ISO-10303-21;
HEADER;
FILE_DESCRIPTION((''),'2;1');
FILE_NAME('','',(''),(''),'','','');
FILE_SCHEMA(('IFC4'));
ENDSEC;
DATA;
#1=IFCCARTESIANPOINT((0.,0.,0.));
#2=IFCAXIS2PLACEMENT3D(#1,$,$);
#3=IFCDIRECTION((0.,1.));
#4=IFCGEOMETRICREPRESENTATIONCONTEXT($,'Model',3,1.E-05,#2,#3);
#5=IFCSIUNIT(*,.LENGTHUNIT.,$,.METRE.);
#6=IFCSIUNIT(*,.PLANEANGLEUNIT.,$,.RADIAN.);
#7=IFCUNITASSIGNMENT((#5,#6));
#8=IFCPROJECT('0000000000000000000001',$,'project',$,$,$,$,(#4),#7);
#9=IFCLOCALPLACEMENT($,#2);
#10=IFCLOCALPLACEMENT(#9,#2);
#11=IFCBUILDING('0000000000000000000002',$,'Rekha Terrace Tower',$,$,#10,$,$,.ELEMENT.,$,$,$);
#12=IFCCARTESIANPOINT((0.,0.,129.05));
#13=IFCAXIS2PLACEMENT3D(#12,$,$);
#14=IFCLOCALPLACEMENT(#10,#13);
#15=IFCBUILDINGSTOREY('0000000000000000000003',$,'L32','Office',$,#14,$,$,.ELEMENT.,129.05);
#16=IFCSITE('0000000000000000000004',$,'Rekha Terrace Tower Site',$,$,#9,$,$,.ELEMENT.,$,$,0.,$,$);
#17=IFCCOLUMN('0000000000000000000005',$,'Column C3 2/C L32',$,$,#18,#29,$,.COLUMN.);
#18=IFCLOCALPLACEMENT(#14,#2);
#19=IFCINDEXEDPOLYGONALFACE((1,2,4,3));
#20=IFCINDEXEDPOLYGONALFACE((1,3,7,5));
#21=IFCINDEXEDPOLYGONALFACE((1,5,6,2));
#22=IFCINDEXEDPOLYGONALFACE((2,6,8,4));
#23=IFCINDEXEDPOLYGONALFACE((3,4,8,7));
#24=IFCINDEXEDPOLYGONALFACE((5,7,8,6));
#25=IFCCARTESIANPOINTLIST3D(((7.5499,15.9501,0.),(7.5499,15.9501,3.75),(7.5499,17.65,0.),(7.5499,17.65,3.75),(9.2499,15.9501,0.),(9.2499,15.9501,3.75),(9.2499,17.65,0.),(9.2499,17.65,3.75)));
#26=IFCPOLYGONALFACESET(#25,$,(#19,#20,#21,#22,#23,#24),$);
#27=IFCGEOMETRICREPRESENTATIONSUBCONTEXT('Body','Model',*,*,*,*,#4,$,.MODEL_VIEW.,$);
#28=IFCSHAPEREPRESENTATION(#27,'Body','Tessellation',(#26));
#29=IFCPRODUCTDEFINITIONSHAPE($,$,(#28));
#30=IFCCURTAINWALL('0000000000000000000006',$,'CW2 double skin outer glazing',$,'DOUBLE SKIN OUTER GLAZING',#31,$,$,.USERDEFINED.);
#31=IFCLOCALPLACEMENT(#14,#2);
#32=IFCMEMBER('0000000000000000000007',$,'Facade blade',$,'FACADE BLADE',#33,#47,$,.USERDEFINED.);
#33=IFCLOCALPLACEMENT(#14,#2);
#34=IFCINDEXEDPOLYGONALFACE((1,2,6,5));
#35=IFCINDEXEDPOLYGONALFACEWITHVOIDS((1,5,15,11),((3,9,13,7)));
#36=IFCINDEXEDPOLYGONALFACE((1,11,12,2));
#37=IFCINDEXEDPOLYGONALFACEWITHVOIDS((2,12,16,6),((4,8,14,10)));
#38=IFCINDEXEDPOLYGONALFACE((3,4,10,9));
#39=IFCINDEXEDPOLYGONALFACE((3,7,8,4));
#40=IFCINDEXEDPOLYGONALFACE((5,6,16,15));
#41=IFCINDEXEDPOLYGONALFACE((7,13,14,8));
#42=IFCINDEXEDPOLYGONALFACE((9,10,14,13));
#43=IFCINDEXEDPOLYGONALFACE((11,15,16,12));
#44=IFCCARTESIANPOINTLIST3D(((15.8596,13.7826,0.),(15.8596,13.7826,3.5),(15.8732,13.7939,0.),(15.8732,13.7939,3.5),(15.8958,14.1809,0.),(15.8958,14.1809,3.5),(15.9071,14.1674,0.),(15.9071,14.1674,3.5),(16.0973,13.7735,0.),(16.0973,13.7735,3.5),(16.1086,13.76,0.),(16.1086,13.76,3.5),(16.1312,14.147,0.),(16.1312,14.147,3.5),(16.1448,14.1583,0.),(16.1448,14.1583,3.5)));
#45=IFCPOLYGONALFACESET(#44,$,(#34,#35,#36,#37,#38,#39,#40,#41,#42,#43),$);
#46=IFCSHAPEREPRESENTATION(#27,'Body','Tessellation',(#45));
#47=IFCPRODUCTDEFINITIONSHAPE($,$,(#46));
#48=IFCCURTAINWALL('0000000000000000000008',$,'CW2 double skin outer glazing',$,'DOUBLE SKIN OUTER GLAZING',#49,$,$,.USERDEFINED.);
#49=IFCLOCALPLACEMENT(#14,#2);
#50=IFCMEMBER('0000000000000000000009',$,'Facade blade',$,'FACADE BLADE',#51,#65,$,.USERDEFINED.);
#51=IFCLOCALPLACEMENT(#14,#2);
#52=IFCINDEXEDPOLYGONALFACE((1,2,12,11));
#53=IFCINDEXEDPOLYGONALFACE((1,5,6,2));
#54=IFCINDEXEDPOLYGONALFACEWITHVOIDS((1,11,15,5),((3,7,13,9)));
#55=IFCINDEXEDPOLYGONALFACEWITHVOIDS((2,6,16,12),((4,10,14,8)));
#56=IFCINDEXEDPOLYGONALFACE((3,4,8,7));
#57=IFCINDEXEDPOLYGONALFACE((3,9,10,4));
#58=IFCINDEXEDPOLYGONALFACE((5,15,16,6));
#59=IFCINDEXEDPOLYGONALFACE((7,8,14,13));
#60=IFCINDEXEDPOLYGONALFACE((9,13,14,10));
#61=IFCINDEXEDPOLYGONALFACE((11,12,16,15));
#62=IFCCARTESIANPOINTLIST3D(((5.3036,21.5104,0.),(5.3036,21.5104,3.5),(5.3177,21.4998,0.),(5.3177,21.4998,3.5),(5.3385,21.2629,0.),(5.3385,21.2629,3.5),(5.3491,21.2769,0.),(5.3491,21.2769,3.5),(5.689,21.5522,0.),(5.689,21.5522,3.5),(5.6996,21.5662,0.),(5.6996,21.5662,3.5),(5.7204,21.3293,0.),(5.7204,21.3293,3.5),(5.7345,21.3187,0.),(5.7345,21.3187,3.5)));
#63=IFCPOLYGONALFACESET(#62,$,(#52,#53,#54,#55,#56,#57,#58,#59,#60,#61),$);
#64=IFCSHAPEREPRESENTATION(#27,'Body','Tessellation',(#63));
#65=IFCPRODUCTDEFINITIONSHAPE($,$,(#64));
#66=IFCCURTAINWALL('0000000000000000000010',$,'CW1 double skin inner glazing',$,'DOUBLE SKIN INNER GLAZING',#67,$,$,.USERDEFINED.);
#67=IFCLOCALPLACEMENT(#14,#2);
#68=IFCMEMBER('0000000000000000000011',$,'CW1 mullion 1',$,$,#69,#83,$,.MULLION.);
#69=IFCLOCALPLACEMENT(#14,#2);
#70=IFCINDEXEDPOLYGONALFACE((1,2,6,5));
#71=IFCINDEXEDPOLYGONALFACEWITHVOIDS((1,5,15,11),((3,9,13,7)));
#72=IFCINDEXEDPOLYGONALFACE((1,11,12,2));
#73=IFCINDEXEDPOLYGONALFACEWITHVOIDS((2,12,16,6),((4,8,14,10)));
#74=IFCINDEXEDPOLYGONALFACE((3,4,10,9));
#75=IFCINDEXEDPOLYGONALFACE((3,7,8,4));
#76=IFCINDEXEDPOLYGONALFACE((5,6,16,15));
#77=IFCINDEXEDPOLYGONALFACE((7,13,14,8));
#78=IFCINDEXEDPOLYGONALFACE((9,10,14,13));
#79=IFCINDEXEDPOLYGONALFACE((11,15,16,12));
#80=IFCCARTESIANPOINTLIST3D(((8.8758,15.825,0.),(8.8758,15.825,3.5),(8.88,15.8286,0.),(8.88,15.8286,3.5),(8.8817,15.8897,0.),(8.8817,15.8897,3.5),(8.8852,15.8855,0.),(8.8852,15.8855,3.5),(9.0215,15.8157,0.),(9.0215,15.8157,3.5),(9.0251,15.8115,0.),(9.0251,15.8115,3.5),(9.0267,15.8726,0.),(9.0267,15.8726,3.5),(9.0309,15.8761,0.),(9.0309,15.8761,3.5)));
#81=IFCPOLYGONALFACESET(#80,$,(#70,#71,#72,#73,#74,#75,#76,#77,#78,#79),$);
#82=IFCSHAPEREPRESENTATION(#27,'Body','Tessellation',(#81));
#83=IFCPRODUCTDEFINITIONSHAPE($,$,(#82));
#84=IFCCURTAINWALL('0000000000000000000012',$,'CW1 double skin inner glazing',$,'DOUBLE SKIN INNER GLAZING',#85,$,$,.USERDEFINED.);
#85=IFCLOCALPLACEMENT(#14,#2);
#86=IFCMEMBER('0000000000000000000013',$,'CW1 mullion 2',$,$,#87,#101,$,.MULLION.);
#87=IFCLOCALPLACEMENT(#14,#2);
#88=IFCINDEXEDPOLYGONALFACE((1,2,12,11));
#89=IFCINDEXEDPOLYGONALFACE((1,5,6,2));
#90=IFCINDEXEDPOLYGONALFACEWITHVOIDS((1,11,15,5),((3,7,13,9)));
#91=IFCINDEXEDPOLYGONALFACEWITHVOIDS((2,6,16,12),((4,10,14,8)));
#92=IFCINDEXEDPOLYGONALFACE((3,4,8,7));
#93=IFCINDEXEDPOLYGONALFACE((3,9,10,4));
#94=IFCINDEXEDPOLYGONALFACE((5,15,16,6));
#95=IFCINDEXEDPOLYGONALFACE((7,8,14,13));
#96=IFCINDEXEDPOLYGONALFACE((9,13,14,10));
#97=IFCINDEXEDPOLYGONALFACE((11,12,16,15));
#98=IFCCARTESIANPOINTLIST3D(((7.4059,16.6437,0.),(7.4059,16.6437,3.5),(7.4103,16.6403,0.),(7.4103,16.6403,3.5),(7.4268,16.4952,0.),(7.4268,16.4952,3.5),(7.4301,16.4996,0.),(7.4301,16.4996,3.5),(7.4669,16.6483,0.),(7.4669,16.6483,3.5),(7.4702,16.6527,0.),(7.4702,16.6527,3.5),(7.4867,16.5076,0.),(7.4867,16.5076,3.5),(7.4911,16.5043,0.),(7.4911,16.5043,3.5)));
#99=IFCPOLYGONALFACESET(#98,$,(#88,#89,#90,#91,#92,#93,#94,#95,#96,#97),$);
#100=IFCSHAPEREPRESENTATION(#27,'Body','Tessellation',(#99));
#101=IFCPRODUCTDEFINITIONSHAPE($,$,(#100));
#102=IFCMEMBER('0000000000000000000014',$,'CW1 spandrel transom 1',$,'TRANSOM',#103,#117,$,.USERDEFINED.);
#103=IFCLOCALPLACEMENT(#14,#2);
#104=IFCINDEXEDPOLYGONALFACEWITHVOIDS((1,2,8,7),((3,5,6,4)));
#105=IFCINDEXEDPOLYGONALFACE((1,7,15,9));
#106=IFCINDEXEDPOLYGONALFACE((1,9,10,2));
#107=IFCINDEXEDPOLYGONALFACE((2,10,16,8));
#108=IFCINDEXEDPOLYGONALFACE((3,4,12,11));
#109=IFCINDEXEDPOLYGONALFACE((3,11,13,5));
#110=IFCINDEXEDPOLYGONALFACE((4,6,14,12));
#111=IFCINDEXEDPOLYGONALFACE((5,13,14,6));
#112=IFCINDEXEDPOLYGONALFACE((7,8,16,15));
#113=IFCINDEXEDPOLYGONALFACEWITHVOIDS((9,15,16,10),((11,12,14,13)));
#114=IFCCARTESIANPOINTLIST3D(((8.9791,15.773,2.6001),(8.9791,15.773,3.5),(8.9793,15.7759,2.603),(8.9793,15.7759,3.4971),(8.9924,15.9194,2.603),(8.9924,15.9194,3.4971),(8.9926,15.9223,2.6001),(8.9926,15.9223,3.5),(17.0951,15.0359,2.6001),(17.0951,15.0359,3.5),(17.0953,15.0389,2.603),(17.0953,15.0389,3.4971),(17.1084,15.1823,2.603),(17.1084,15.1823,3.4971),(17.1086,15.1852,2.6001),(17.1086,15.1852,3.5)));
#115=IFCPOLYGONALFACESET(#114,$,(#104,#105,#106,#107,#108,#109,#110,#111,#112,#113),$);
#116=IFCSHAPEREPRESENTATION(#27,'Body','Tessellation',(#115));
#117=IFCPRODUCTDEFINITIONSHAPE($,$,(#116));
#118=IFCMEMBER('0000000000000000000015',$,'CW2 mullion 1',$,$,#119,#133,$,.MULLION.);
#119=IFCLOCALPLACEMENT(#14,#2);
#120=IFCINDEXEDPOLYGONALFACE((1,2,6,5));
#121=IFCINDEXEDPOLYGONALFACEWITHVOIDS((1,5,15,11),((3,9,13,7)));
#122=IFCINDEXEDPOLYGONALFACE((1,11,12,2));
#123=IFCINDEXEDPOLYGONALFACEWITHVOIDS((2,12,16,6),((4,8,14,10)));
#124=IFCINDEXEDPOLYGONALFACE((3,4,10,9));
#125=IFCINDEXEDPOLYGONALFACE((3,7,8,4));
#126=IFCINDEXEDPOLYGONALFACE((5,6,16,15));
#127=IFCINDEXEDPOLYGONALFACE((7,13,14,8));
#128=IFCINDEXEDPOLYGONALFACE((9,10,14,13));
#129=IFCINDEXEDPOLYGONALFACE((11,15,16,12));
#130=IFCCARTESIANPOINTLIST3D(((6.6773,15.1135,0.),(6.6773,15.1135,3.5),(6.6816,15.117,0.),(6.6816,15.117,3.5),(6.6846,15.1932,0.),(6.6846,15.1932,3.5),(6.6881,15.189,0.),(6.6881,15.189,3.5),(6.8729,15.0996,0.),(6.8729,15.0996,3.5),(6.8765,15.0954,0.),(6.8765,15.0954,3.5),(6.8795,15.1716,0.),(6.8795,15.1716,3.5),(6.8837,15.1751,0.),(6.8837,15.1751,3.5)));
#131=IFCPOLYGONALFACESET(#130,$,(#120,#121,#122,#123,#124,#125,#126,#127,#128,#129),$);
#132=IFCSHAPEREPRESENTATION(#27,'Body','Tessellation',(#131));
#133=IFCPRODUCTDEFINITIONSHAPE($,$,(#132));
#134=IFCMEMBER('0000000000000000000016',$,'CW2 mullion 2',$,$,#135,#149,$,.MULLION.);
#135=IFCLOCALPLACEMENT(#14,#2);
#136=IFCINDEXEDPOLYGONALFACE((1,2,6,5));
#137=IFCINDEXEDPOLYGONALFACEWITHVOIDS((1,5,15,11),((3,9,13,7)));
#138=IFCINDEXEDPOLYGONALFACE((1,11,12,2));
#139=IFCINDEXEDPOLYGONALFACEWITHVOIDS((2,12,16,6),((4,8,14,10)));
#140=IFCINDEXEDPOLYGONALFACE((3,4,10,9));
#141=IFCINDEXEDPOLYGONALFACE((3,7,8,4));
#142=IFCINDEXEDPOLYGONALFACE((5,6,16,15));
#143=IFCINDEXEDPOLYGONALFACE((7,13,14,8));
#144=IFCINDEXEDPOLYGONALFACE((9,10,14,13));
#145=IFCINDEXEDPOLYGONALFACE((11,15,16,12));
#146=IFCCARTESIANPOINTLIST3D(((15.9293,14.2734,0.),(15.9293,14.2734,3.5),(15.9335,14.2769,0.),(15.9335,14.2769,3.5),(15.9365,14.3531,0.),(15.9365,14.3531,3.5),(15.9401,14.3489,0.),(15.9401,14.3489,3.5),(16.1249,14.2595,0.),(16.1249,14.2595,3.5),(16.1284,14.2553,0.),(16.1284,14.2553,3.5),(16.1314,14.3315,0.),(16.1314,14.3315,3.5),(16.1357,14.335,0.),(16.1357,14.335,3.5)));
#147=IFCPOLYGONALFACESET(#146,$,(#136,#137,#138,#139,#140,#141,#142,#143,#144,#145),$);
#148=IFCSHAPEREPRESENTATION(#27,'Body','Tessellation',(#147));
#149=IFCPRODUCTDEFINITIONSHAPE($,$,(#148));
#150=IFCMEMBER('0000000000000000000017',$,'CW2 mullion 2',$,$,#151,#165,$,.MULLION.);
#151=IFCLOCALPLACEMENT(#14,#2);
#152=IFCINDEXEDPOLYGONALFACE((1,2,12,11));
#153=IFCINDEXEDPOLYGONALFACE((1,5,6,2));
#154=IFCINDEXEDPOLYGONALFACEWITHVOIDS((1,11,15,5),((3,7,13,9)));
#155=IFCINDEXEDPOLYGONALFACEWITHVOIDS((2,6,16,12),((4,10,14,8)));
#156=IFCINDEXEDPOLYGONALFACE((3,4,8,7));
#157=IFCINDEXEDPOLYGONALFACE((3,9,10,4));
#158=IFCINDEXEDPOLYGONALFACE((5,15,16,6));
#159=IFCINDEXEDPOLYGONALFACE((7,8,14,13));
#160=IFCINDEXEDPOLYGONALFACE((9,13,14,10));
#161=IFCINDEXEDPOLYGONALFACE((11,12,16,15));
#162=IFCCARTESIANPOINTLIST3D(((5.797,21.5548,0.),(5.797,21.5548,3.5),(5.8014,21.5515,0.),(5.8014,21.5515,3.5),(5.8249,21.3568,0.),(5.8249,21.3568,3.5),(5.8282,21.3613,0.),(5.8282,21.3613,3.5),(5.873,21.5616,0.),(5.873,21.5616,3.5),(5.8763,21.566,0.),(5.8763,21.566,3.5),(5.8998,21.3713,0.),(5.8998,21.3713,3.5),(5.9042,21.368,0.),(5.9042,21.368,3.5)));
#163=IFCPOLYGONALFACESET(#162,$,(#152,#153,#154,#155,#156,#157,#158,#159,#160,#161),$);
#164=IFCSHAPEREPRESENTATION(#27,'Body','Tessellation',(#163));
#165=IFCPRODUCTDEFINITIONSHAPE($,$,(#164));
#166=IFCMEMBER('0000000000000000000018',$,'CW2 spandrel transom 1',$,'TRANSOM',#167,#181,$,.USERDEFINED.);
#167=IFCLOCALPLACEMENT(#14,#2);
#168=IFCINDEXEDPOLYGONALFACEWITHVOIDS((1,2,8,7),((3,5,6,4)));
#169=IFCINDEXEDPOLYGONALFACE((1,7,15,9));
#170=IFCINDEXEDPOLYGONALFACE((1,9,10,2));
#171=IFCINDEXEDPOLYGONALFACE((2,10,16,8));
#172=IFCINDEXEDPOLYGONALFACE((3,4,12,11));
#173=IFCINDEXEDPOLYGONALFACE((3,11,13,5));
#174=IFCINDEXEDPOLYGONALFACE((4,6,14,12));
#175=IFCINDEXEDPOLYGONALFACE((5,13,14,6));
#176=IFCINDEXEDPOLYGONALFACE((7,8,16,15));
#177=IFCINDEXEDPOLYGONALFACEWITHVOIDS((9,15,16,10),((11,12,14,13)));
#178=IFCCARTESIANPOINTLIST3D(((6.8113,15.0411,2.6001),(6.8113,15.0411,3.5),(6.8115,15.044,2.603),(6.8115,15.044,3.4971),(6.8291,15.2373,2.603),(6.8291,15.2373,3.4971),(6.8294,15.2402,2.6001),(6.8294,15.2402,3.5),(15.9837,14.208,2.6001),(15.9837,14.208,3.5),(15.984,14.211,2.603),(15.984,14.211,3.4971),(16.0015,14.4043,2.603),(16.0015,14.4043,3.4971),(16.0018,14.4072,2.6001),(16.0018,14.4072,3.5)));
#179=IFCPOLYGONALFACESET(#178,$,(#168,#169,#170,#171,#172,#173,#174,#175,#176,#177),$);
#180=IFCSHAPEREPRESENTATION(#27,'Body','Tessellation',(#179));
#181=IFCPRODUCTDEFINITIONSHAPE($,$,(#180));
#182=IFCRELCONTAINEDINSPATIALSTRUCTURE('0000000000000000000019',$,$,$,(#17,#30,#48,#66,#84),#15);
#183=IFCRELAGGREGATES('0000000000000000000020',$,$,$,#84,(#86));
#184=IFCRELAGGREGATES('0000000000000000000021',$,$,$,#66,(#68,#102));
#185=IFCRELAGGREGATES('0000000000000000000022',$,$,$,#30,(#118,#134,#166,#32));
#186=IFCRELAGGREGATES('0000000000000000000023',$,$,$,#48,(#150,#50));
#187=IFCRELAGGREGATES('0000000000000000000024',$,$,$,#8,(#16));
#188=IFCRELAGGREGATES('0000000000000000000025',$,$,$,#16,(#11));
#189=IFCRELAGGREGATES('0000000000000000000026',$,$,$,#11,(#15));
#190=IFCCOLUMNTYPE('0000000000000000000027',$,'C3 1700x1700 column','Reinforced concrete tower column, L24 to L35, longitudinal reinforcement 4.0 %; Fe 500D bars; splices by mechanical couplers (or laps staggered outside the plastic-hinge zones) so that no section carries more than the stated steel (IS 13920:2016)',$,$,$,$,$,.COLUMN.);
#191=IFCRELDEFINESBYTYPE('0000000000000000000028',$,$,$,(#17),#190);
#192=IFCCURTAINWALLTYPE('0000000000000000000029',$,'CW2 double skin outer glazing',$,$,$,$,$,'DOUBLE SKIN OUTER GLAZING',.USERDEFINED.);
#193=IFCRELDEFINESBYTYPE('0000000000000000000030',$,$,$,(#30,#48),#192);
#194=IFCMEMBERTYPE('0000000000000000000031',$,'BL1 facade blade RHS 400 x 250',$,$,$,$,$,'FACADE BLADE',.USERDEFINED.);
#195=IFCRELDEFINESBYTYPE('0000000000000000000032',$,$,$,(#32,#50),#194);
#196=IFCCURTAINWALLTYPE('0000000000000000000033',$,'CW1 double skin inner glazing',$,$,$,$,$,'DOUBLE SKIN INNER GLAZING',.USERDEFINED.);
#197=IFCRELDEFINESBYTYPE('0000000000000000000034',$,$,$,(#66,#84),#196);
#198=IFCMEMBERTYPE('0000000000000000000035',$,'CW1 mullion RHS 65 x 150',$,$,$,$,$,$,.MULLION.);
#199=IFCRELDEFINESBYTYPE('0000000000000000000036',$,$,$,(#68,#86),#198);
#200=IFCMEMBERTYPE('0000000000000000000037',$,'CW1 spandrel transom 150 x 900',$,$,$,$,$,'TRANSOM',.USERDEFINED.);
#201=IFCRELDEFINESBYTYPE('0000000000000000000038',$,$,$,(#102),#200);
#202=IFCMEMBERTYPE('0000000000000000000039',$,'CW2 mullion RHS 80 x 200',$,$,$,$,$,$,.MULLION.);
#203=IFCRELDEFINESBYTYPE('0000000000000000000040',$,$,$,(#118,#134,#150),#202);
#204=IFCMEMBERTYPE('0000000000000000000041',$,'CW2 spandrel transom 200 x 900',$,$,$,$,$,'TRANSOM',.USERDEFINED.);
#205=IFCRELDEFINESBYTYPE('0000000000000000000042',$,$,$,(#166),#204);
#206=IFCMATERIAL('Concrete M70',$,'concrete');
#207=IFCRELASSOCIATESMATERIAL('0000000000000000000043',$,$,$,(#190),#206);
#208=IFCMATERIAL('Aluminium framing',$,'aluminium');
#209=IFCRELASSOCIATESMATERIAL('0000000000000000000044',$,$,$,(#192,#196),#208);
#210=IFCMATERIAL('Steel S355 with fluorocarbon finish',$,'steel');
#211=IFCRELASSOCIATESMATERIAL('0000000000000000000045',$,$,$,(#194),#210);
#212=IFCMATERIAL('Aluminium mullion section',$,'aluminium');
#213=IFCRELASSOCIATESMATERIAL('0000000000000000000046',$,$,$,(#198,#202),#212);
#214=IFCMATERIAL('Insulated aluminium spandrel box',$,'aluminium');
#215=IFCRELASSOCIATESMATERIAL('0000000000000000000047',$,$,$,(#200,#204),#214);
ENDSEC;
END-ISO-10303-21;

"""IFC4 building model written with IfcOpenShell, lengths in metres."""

from ifc_helpers import new_model, si_unit, direction, frame, origin, origin_2d, place, context, subcontext, project, spatial, rectangle, hollow_rectangle, extrude, material, material_profile, profile_set, type_object, element, aggregate, save


model = new_model("IFC4")

# Units and contexts
model_context = context("Model", 3, precision=1e-05, world=origin(), true_north=direction((0.0, 1.0)))
body_context = subcontext(model_context, "Body", "Model", "MODEL_VIEW")
ifc_project = project(units=[si_unit("LENGTHUNIT", "METRE"), si_unit("PLANEANGLEUNIT", "RADIAN")], contexts=[model_context])

# Site, building, storey
site_placement = place(None, origin())
site = spatial("IfcSite", under=ifc_project, at=site_placement, Name="Rekha Terrace Tower Site", CompositionType="ELEMENT", RefElevation=0.0)
building_placement = place(site_placement, origin())
building = spatial("IfcBuilding", under=site, at=building_placement, Name="Rekha Terrace Tower", CompositionType="ELEMENT")
storey_placement = place(building_placement, frame((0.0, 0.0, 129.05)))
storey = spatial("IfcBuildingStorey", under=building, at=storey_placement, Name="L32", Description="Office", CompositionType="ELEMENT", Elevation=129.05)

# Column
ifc_material_1 = material(Name="Concrete M70", Category="concrete")
ifc_material_profile_1 = material_profile(ifc_material_1, rectangle(XDim=1.7, YDim=1.7, at=origin_2d()), Name="RC 1700x1700")
ifc_profile_set_1 = profile_set([ifc_material_profile_1], Name="Concrete M70")
column_type = type_object("IfcColumnType", Name="C3 1700x1700 column", Description="Reinforced concrete tower column, L24 to L35, longitudinal reinforcement 4.0 %; Fe 500D bars; splices by mechanical couplers (or laps staggered outside the plastic-hinge zones) so that no section carries more than the stated steel (IS 13920:2016)", PredefinedType="COLUMN", material=ifc_profile_set_1)
column_placement = place(storey_placement, frame((8.3999, 16.8, 0.0), z_axis=(0.0, 0.0, 1.0), x_axis=(1.0, 0.0, 0.0)))
element("IfcColumn", 1, at=column_placement, inside=storey, type_object=column_type, Name="Column C3 2/C L32", PredefinedType="COLUMN", context=body_context, shape_type="SweptSolid", body=[
    extrude(rectangle(XDim=1.7, YDim=1.7, at=origin_2d()), origin(), (0.0, 0.0, 1.0), 3.75),
])

# Curtain walls, members
ifc_material_2 = material(Name="Aluminium framing", Category="aluminium")
curtain_wall_type_1 = type_object("IfcCurtainWallType", Name="CW2 double skin outer glazing", ElementType="DOUBLE SKIN OUTER GLAZING", PredefinedType="USERDEFINED", material=ifc_material_2)
curtain_wall_1_placement = place(storey_placement, origin())
curtain_wall_1 = element("IfcCurtainWall", 2, at=curtain_wall_1_placement, inside=storey, type_object=curtain_wall_type_1, Name="CW2 double skin outer glazing", ObjectType="DOUBLE SKIN OUTER GLAZING", PredefinedType="USERDEFINED")
ifc_material_3 = material(Name="Steel S355 with fluorocarbon finish", Category="steel")
ifc_material_profile_2 = material_profile(ifc_material_3, hollow_rectangle(XDim=0.25, YDim=0.3999, WallThickness=0.0125, at=origin_2d()), Name="RHS400x250x12.5")
ifc_profile_set_2 = profile_set([ifc_material_profile_2], Name="Steel S355 with fluorocarbon finish")
member_type_1 = type_object("IfcMemberType", Name="BL1 facade blade RHS 400 x 250", ElementType="FACADE BLADE", PredefinedType="USERDEFINED", material=ifc_profile_set_2)
member_1_placement = place(storey_placement, frame((16.0022, 13.9705, 0.0), z_axis=(0.0, 0.0, 1.0), x_axis=(0.995902, -0.09044, 0.0)))
member_1 = element("IfcMember", 3, at=member_1_placement, type_object=member_type_1, Name="Facade blade", ObjectType="FACADE BLADE", PredefinedType="USERDEFINED", context=body_context, shape_type="SweptSolid", body=[
    extrude(hollow_rectangle(XDim=0.25, YDim=0.3999, WallThickness=0.0125, at=origin_2d()), origin(), (0.0, 0.0, 1.0), 3.5),
])
curtain_wall_2_placement = place(storey_placement, origin())
curtain_wall_2 = element("IfcCurtainWall", 4, at=curtain_wall_2_placement, inside=storey, type_object=curtain_wall_type_1, Name="CW2 double skin outer glazing", ObjectType="DOUBLE SKIN OUTER GLAZING", PredefinedType="USERDEFINED")
member_2_placement = place(storey_placement, frame((5.519, 21.4146, 0.0), z_axis=(0.0, 0.0, 1.0), x_axis=(0.139597, -0.990208, 0.0)))
member_2 = element("IfcMember", 5, at=member_2_placement, type_object=member_type_1, Name="Facade blade", ObjectType="FACADE BLADE", PredefinedType="USERDEFINED", context=body_context, shape_type="SweptSolid", body=[
    extrude(hollow_rectangle(XDim=0.25, YDim=0.3999, WallThickness=0.0125, at=origin_2d()), origin(), (0.0, 0.0, 1.0), 3.5),
])
curtain_wall_type_2 = type_object("IfcCurtainWallType", Name="CW1 double skin inner glazing", ElementType="DOUBLE SKIN INNER GLAZING", PredefinedType="USERDEFINED", material=ifc_material_2)
curtain_wall_3_placement = place(storey_placement, origin())
curtain_wall_3 = element("IfcCurtainWall", 6, at=curtain_wall_3_placement, inside=storey, type_object=curtain_wall_type_2, Name="CW1 double skin inner glazing", ObjectType="DOUBLE SKIN INNER GLAZING", PredefinedType="USERDEFINED")
ifc_material_4 = material(Name="Aluminium mullion section", Category="aluminium")
ifc_material_profile_3 = material_profile(ifc_material_4, hollow_rectangle(XDim=0.0649, YDim=0.1499, WallThickness=0.0039, at=origin_2d()), Name="AL RHS 65x150")
ifc_profile_set_3 = profile_set([ifc_material_profile_3], Name="Aluminium mullion section")
member_type_2 = type_object("IfcMemberType", Name="CW1 mullion RHS 65 x 150", PredefinedType="MULLION", material=ifc_profile_set_3)
member_3_placement = place(storey_placement, frame((8.9534, 15.8506, 0.0), z_axis=(0.0, 0.0, 1.0), x_axis=(0.09044, 0.995902, 0.0)))
member_3 = element("IfcMember", 7, at=member_3_placement, type_object=member_type_2, Name="CW1 mullion 1", PredefinedType="MULLION", context=body_context, shape_type="SweptSolid", body=[
    extrude(hollow_rectangle(XDim=0.0649, YDim=0.1499, WallThickness=0.0039, at=origin_2d()), origin(), (0.0, 0.0, 1.0), 3.5),
])
curtain_wall_4_placement = place(storey_placement, origin())
curtain_wall_4 = element("IfcCurtainWall", 8, at=curtain_wall_4_placement, inside=storey, type_object=curtain_wall_type_2, Name="CW1 double skin inner glazing", ObjectType="DOUBLE SKIN INNER GLAZING", PredefinedType="USERDEFINED")
member_4_placement = place(storey_placement, frame((7.4485, 16.574, 0.0), z_axis=(0.0, 0.0, 1.0), x_axis=(0.990208, 0.139597, 0.0)))
member_4 = element("IfcMember", 9, at=member_4_placement, type_object=member_type_2, Name="CW1 mullion 2", PredefinedType="MULLION", context=body_context, shape_type="SweptSolid", body=[
    extrude(hollow_rectangle(XDim=0.0649, YDim=0.1499, WallThickness=0.0039, at=origin_2d()), origin(), (0.0, 0.0, 1.0), 3.5),
])
aggregate(curtain_wall_4, [member_4])

# Members
ifc_material_5 = material(Name="Insulated aluminium spandrel box", Category="aluminium")
ifc_material_profile_4 = material_profile(ifc_material_5, hollow_rectangle(XDim=0.1499, YDim=0.8999, WallThickness=0.0029, at=origin_2d()), Name="AL SPANDREL BOX 150x900")
ifc_profile_set_4 = profile_set([ifc_material_profile_4], Name="Insulated aluminium spandrel box")
member_type_3 = type_object("IfcMemberType", Name="CW1 spandrel transom 150 x 900", ElementType="TRANSOM", PredefinedType="USERDEFINED", material=ifc_profile_set_4)
member_5_placement = place(storey_placement, frame((8.9858, 15.8477, 3.05), z_axis=(0.995902, -0.090444, 0.0), x_axis=(0.090444, 0.995902, 0.0)))
member_5 = element("IfcMember", 10, at=member_5_placement, type_object=member_type_3, Name="CW1 spandrel transom 1", ObjectType="TRANSOM", PredefinedType="USERDEFINED", context=body_context, shape_type="SweptSolid", body=[
    extrude(hollow_rectangle(XDim=0.1499, YDim=0.8999, WallThickness=0.0029, at=origin_2d()), origin(), (0.0, 0.0, 1.0), 8.1494),
])
ifc_material_profile_5 = material_profile(ifc_material_4, hollow_rectangle(XDim=0.0801, YDim=0.2, WallThickness=0.0039, at=origin_2d()), Name="AL RHS 80x200")
ifc_profile_set_5 = profile_set([ifc_material_profile_5], Name="Aluminium mullion section")
member_type_4 = type_object("IfcMemberType", Name="CW2 mullion RHS 80 x 200", PredefinedType="MULLION", material=ifc_profile_set_5)
member_6_placement = place(storey_placement, frame((6.7805, 15.1443, 0.0), z_axis=(0.0, 0.0, 1.0), x_axis=(0.09044, 0.995902, 0.0)))
member_6 = element("IfcMember", 11, at=member_6_placement, type_object=member_type_4, Name="CW2 mullion 1", PredefinedType="MULLION", context=body_context, shape_type="SweptSolid", body=[
    extrude(hollow_rectangle(XDim=0.0801, YDim=0.2, WallThickness=0.0039, at=origin_2d()), origin(), (0.0, 0.0, 1.0), 3.5),
])
member_7_placement = place(storey_placement, frame((16.0325, 14.3042, 0.0), z_axis=(0.0, 0.0, 1.0), x_axis=(0.09044, 0.995902, 0.0)))
member_7 = element("IfcMember", 12, at=member_7_placement, type_object=member_type_4, Name="CW2 mullion 2", PredefinedType="MULLION", context=body_context, shape_type="SweptSolid", body=[
    extrude(hollow_rectangle(XDim=0.0801, YDim=0.2, WallThickness=0.0039, at=origin_2d()), origin(), (0.0, 0.0, 1.0), 3.5),
])
member_8_placement = place(storey_placement, frame((5.8506, 21.4614, 0.0), z_axis=(0.0, 0.0, 1.0), x_axis=(0.990208, 0.139597, 0.0)))
member_8 = element("IfcMember", 13, at=member_8_placement, type_object=member_type_4, Name="CW2 mullion 2", PredefinedType="MULLION", context=body_context, shape_type="SweptSolid", body=[
    extrude(hollow_rectangle(XDim=0.0801, YDim=0.2, WallThickness=0.0039, at=origin_2d()), origin(), (0.0, 0.0, 1.0), 3.5),
])
ifc_material_profile_6 = material_profile(ifc_material_5, hollow_rectangle(XDim=0.2, YDim=0.8999, WallThickness=0.0029, at=origin_2d()), Name="AL SPANDREL BOX 200x900")
ifc_profile_set_6 = profile_set([ifc_material_profile_6], Name="Insulated aluminium spandrel box")
member_type_5 = type_object("IfcMemberType", Name="CW2 spandrel transom 200 x 900", ElementType="TRANSOM", PredefinedType="USERDEFINED", material=ifc_profile_set_6)
member_9_placement = place(storey_placement, frame((6.8203, 15.1406, 3.05), z_axis=(0.995901, -0.090445, 0.0), x_axis=(0.090445, 0.995901, 0.0)))
member_9 = element("IfcMember", 14, at=member_9_placement, type_object=member_type_5, Name="CW2 spandrel transom 1", ObjectType="TRANSOM", PredefinedType="USERDEFINED", context=body_context, shape_type="SweptSolid", body=[
    extrude(hollow_rectangle(XDim=0.2, YDim=0.8999, WallThickness=0.0029, at=origin_2d()), origin(), (0.0, 0.0, 1.0), 9.2102),
])

aggregate(curtain_wall_3, [member_3, member_5])
aggregate(curtain_wall_1, [member_6, member_7, member_9, member_1])
aggregate(curtain_wall_2, [member_8, member_2])

save(model, "model.ifc")
